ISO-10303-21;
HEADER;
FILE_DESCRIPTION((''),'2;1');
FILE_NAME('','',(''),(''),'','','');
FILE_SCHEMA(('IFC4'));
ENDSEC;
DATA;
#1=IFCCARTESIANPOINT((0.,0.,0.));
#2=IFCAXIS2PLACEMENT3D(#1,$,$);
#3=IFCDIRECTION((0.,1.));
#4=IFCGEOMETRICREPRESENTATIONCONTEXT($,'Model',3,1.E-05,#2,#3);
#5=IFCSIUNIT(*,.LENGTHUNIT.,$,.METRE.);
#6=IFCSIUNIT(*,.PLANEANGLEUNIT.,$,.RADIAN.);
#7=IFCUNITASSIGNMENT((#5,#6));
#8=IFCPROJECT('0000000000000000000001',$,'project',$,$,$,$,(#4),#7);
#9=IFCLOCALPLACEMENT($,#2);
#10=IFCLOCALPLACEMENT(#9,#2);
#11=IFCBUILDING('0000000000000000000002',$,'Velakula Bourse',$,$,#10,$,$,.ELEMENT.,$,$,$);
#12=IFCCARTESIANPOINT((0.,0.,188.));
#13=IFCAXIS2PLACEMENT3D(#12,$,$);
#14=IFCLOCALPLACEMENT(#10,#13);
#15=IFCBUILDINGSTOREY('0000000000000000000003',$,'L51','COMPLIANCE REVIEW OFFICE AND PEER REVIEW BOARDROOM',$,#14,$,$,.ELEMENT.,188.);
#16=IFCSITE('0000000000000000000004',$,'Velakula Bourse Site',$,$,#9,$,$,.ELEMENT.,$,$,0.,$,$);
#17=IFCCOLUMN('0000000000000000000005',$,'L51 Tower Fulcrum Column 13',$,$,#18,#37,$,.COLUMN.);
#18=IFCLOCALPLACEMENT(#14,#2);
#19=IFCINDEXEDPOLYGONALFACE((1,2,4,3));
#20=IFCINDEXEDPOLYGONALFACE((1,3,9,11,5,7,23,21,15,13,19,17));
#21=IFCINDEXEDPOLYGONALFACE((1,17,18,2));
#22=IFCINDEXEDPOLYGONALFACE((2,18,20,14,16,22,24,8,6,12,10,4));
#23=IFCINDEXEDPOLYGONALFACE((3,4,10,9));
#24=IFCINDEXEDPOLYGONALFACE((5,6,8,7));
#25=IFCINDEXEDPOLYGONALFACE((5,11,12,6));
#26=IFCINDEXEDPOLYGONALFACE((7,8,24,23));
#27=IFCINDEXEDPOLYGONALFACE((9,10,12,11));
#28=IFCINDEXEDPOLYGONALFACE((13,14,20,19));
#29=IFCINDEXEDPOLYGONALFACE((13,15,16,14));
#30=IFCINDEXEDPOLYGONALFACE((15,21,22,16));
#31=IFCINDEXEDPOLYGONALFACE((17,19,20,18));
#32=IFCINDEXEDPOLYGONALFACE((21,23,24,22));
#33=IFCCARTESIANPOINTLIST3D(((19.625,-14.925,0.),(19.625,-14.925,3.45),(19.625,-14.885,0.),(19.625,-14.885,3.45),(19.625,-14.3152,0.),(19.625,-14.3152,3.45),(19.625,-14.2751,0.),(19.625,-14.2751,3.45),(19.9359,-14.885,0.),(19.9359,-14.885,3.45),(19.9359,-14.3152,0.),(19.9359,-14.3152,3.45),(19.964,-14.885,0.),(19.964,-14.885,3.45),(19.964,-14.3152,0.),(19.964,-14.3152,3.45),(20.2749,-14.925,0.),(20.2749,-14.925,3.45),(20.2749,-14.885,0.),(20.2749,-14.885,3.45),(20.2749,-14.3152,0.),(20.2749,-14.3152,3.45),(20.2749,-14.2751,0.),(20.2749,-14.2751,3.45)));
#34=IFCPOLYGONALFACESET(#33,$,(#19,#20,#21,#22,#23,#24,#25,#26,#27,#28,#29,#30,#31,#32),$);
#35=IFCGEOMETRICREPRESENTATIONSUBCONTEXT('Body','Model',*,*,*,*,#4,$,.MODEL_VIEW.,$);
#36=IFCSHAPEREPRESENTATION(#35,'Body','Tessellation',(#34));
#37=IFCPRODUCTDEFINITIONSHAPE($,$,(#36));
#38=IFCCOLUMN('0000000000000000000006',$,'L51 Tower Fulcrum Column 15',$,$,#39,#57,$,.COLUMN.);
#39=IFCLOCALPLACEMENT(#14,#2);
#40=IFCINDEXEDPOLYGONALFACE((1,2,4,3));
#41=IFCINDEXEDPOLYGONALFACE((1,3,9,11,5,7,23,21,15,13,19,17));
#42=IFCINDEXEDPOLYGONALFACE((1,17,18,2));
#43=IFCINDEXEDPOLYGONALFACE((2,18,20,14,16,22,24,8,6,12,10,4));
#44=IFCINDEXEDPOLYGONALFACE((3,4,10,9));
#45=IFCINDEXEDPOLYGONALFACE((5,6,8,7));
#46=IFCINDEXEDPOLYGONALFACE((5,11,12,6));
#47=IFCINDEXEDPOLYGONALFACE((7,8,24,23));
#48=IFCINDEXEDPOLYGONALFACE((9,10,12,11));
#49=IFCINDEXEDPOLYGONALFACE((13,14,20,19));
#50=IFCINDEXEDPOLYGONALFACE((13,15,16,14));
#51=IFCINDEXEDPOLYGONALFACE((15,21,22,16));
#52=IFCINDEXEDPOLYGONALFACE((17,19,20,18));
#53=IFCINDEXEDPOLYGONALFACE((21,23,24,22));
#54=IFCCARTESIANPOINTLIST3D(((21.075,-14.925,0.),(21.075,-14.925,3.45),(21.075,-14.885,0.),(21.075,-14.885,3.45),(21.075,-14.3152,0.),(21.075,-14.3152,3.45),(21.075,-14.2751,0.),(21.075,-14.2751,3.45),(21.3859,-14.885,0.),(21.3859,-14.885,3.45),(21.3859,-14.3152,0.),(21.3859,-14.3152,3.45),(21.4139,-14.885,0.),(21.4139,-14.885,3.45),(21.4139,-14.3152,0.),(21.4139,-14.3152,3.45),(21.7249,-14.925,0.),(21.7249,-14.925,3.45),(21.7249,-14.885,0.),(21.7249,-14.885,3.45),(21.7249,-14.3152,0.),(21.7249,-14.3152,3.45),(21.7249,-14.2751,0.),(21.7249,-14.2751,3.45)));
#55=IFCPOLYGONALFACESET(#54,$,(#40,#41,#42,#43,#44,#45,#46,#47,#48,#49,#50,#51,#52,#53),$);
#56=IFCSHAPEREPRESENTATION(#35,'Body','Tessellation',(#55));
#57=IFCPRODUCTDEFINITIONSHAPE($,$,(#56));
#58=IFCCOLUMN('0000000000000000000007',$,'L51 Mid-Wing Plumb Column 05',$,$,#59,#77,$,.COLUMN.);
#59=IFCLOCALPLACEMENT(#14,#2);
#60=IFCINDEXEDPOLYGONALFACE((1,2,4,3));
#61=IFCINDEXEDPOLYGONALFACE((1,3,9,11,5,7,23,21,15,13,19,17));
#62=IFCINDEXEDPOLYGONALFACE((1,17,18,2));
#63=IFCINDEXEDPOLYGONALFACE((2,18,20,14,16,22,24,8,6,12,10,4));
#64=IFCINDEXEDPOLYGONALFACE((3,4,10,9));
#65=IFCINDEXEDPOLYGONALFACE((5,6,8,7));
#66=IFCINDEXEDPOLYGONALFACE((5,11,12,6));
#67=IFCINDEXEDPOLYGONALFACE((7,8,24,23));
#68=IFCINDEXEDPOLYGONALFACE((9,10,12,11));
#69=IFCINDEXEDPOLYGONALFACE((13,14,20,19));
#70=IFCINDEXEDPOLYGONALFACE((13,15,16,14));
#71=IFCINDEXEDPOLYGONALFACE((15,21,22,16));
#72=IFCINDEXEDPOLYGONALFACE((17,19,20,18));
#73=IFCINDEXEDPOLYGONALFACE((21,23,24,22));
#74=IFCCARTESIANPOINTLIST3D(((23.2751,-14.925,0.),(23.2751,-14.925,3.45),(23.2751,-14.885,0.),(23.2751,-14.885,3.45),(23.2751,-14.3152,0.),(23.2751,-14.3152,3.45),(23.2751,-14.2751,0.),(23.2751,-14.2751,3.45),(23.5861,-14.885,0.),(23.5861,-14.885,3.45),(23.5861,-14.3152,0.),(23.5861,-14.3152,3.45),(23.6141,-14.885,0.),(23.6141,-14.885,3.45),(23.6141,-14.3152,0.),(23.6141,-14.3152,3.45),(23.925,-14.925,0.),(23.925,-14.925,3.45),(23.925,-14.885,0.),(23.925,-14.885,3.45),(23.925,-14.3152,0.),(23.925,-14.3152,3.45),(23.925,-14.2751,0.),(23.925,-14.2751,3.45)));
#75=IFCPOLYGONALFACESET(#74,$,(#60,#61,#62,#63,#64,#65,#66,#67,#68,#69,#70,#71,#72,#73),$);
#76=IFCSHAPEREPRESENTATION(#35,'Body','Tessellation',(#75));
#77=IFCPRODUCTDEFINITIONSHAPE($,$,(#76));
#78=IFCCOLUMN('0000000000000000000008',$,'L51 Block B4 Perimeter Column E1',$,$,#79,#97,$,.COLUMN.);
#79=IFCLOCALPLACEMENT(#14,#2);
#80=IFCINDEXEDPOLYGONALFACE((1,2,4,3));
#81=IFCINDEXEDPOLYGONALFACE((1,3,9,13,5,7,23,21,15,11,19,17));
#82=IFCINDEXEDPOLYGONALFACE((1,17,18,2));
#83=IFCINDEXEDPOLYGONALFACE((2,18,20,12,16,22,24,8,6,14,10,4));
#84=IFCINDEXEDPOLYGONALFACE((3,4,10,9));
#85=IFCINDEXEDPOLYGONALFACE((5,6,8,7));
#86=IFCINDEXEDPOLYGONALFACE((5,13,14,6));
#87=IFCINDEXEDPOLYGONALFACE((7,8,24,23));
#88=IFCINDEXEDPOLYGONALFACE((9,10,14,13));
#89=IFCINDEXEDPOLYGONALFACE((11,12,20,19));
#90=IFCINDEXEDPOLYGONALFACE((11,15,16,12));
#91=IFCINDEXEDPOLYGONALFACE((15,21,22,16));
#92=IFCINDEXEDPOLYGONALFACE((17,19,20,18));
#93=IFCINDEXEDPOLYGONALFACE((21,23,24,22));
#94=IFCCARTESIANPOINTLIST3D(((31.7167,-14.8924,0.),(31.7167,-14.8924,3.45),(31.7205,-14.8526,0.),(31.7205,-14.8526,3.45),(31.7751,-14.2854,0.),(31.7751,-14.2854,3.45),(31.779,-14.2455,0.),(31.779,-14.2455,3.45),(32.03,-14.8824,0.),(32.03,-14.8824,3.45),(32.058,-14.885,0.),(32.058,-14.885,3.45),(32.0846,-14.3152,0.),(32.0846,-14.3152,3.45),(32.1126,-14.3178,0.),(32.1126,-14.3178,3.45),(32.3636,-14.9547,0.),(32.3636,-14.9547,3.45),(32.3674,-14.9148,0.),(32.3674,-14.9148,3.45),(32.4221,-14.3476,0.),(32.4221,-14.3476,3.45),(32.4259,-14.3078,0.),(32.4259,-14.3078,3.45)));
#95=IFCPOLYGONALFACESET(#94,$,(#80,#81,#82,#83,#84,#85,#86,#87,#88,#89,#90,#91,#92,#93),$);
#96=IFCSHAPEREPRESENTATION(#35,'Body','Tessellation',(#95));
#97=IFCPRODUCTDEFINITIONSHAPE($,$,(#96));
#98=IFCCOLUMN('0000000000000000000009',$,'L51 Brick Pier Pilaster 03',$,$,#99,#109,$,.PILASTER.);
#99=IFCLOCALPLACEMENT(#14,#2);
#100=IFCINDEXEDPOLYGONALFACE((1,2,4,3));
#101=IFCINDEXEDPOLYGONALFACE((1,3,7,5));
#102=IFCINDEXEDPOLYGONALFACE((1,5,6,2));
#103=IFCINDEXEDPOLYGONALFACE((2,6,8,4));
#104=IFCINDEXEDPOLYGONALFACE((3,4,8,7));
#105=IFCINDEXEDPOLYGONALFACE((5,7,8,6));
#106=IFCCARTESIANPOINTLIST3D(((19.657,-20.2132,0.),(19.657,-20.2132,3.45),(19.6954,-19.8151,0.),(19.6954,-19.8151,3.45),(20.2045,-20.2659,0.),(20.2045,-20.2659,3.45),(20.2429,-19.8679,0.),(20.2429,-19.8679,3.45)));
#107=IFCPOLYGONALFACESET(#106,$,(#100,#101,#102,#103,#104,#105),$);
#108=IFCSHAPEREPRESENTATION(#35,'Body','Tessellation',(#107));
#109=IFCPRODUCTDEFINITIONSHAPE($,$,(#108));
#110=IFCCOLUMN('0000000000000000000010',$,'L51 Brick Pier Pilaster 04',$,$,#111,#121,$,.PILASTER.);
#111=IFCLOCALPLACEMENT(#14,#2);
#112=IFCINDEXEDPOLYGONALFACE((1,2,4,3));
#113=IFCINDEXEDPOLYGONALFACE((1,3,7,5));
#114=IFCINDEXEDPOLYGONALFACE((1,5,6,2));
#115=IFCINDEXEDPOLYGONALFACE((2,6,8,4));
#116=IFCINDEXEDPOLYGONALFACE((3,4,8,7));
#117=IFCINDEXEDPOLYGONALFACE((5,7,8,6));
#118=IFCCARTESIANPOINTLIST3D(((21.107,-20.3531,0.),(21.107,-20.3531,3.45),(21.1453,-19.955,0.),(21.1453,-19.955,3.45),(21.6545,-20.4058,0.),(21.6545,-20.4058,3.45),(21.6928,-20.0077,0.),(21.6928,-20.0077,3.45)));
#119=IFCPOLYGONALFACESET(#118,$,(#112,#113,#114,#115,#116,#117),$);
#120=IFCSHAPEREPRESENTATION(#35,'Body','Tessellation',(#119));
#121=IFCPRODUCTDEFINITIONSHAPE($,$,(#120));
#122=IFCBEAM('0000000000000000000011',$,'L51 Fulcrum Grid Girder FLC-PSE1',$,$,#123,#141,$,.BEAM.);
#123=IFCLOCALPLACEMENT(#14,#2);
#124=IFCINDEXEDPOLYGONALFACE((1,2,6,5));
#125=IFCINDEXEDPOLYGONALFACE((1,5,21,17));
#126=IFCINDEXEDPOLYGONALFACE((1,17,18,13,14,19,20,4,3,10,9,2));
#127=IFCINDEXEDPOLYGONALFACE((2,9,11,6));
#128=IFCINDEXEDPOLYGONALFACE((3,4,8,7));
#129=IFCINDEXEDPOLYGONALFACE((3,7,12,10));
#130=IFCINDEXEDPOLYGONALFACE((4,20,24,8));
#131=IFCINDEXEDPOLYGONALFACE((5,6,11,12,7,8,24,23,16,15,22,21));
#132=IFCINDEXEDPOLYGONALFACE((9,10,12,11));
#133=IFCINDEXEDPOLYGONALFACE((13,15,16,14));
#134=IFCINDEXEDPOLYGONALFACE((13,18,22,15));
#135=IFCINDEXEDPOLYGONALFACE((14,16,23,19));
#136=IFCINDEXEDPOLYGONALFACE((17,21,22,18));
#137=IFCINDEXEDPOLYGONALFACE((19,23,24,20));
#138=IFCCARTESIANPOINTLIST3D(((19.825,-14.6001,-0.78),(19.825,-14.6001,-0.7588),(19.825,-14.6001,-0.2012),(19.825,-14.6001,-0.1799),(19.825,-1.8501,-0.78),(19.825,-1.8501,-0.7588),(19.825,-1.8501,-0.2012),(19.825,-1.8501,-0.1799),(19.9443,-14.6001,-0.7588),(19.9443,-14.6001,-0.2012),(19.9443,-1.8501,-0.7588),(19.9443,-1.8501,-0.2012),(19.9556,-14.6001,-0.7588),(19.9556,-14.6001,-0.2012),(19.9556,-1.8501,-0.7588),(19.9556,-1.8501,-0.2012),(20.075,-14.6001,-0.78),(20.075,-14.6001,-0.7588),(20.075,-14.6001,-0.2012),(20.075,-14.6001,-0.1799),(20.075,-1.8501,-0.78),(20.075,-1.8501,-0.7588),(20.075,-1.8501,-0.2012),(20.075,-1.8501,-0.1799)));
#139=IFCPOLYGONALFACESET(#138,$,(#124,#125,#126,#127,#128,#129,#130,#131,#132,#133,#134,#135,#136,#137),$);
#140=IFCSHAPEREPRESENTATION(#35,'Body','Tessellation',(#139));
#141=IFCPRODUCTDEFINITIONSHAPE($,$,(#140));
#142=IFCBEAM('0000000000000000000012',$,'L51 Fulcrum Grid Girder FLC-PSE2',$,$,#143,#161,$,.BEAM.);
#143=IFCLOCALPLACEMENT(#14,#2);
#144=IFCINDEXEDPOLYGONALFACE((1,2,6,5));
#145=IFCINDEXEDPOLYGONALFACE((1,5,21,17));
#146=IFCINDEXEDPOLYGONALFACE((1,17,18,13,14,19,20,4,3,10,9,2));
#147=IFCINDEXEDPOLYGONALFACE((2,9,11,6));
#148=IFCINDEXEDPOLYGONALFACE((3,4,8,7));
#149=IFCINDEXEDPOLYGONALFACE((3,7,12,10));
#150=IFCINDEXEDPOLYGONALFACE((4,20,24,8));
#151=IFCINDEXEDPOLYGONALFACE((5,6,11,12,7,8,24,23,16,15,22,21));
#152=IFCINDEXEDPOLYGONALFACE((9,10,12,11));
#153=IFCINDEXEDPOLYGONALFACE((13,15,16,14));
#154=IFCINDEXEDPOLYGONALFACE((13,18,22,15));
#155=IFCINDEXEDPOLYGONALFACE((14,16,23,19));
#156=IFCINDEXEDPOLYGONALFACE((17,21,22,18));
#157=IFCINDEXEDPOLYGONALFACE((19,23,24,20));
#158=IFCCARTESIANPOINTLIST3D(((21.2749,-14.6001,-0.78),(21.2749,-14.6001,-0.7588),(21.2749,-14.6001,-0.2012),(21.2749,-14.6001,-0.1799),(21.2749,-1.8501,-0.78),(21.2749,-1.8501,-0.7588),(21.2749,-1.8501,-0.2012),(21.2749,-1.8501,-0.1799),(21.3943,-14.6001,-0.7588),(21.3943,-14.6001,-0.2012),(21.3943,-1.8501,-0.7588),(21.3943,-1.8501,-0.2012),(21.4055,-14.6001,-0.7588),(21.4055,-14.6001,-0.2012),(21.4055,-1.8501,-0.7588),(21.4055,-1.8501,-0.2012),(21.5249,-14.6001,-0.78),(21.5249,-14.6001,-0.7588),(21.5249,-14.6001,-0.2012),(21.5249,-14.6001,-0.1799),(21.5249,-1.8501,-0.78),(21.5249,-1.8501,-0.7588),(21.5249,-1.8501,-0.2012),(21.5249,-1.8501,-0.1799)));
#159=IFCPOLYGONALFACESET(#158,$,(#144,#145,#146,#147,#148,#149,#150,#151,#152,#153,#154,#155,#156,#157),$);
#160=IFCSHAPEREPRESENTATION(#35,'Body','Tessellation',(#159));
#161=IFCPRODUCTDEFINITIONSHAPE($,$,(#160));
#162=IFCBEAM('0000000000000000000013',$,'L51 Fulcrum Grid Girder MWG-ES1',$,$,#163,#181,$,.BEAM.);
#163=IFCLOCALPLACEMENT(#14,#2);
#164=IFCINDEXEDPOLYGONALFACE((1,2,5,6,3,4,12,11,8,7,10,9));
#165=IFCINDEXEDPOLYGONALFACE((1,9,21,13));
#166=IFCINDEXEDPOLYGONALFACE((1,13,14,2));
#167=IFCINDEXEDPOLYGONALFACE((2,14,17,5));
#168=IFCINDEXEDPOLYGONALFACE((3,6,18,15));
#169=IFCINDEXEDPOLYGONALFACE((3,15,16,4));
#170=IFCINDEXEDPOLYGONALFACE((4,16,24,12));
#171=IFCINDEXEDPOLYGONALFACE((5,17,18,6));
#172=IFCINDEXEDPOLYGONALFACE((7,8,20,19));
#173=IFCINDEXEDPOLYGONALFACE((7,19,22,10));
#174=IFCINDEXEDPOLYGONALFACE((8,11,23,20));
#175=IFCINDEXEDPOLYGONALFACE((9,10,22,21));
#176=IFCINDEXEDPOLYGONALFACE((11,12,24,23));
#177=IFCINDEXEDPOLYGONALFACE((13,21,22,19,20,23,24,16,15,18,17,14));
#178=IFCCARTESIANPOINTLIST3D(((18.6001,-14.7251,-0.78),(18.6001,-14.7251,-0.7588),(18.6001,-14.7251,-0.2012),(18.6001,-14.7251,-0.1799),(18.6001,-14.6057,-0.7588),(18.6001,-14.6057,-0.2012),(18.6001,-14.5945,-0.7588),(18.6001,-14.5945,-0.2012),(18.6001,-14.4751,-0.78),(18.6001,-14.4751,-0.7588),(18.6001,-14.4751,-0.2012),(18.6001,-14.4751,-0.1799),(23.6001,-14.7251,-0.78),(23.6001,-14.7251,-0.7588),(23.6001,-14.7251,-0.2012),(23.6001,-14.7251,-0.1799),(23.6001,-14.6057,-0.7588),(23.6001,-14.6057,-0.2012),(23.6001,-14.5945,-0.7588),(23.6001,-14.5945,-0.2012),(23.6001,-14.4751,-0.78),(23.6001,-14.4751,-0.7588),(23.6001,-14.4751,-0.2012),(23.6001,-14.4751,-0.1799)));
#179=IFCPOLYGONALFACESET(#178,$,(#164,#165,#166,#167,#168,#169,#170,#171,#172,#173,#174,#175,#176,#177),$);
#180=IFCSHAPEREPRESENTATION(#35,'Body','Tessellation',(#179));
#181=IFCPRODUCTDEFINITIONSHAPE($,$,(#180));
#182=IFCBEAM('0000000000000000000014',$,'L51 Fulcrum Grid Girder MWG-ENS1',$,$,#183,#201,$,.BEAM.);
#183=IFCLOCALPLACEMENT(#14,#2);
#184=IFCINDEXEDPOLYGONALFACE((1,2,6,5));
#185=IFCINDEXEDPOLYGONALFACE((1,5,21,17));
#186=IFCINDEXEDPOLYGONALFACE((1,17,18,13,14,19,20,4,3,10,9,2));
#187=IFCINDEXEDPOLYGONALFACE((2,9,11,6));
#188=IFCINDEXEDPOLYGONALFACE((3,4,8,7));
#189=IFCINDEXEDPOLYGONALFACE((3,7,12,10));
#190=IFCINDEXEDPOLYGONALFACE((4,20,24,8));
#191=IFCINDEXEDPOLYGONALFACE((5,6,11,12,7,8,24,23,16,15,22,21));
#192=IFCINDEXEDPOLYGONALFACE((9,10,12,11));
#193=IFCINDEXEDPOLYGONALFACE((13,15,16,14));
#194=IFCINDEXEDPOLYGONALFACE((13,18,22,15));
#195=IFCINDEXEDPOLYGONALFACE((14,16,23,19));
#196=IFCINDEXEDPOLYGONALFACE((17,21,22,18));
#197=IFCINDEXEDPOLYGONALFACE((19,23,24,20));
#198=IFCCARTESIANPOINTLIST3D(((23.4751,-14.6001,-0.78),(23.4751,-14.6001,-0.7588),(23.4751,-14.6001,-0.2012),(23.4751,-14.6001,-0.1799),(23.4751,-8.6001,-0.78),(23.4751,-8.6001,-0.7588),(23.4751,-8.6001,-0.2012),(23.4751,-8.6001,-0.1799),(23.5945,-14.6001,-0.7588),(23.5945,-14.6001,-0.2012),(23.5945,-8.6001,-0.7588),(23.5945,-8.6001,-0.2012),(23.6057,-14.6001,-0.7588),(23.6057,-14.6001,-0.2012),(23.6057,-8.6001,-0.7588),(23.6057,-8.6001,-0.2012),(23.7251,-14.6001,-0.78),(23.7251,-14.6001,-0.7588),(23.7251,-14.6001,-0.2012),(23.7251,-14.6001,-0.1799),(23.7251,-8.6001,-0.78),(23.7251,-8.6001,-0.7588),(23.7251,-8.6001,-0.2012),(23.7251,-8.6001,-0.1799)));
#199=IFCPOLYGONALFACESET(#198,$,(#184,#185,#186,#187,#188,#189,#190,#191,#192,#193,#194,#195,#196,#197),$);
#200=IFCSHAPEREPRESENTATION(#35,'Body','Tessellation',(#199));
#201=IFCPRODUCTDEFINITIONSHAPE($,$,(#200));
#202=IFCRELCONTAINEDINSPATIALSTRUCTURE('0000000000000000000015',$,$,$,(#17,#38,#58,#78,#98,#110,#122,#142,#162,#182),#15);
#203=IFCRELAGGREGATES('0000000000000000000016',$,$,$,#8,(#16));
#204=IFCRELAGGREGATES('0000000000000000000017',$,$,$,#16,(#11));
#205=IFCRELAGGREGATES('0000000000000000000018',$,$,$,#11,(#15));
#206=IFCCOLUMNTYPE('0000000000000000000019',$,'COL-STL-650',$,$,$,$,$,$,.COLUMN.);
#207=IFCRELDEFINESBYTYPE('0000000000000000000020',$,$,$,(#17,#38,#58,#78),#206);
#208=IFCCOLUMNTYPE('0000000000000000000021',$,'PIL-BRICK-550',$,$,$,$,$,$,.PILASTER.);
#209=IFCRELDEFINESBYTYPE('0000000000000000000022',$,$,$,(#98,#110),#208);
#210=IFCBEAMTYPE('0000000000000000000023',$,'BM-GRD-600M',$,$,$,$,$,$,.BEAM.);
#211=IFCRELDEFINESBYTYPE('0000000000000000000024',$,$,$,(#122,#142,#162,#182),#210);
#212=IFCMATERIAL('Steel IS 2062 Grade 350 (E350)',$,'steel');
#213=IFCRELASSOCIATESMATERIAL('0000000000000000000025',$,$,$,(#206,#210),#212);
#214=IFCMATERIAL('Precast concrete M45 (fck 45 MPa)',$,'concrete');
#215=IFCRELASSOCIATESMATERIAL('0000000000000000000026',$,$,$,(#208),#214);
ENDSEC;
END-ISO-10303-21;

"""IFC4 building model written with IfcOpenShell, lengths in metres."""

from ifc_helpers import new_model, si_unit, direction, frame, origin, origin_2d, place, context, subcontext, project, spatial, rectangle, i_section, extrude, material, material_profile, profile_set, type_object, element, save


model = new_model("IFC4")

# Units and contexts
model_context = context("Model", 3, precision=1e-05, world=origin(), true_north=direction((0.0, 1.0)))
body_context = subcontext(model_context, "Body", "Model", "MODEL_VIEW")
ifc_project = project(units=[si_unit("LENGTHUNIT", "METRE"), si_unit("PLANEANGLEUNIT", "RADIAN")], contexts=[model_context])

# Site, building, storey
site_placement = place(None, origin())
site = spatial("IfcSite", under=ifc_project, at=site_placement, Name="Velakula Bourse Site", CompositionType="ELEMENT", RefElevation=0.0)
building_placement = place(site_placement, origin())
building = spatial("IfcBuilding", under=site, at=building_placement, Name="Velakula Bourse", CompositionType="ELEMENT")
storey_placement = place(building_placement, frame((0.0, 0.0, 188.0)))
storey = spatial("IfcBuildingStorey", under=building, at=storey_placement, Name="L51", Description="COMPLIANCE REVIEW OFFICE AND PEER REVIEW BOARDROOM", CompositionType="ELEMENT", Elevation=188.0)

# Columns
ifc_material_1 = material(Name="Steel IS 2062 Grade 350 (E350)", Category="steel")
ifc_material_profile_1 = material_profile(ifc_material_1, i_section(OverallWidth=0.6499, OverallDepth=0.6499, WebThickness=0.0281, FlangeThickness=0.04, at=origin_2d()), Name="Steel IS 2062 Grade 350 (E350)")
ifc_profile_set_1 = profile_set([ifc_material_profile_1], Name="Steel IS 2062 Grade 350 (E350)")
column_type_1 = type_object("IfcColumnType", Name="COL-STL-650", PredefinedType="COLUMN", material=ifc_profile_set_1)
for number, where, z_axis, x_axis, name in (
    (1, (19.95, -14.6001, 0.0), (0.0, 0.0, 1.0), (1.0, 0.0, 0.0), "L51 Tower Fulcrum Column 13"),
    (2, (21.3999, -14.6001, 0.0), (0.0, 0.0, 1.0), (1.0, 0.0, 0.0), "L51 Tower Fulcrum Column 15"),
    (3, (23.6001, -14.6001, 0.0), (0.0, 0.0, 1.0), (1.0, 0.0, 0.0), "L51 Mid-Wing Plumb Column 05"),
    (4, (32.0713, -14.6001, 0.0), (0.0, 0.0, 1.0), (0.995396, -0.095846, 0.0), "L51 Block B4 Perimeter Column E1"),
):
    element("IfcColumn", number, at=place(storey_placement, frame(where, z_axis=z_axis, x_axis=x_axis)), inside=storey, type_object=column_type_1, Name=name, PredefinedType="COLUMN", context=body_context, shape_type="SweptSolid", body=[
        extrude(i_section(OverallWidth=0.6499, OverallDepth=0.6499, WebThickness=0.0281, FlangeThickness=0.04, at=origin_2d()), origin(), (0.0, 0.0, 1.0), 3.45),
    ])
ifc_material_2 = material(Name="Precast concrete M45 (fck 45 MPa)", Category="concrete")
ifc_material_profile_2 = material_profile(ifc_material_2, rectangle(XDim=0.55, YDim=0.3999, at=origin_2d()), Name="Precast concrete M45 (fck 45 MPa)")
ifc_profile_set_2 = profile_set([ifc_material_profile_2], Name="Precast concrete M45 (fck 45 MPa)")
column_type_2 = type_object("IfcColumnType", Name="PIL-BRICK-550", PredefinedType="PILASTER", material=ifc_profile_set_2)
for number, where, z_axis, x_axis, name in (
    (5, (19.95, -20.0405, 0.0), (0.0, 0.0, 1.0), (0.995396, -0.095846, 0.0), "L51 Brick Pier Pilaster 03"),
    (6, (21.3999, -20.1804, 0.0), (0.0, 0.0, 1.0), (0.995396, -0.095846, 0.0), "L51 Brick Pier Pilaster 04"),
):
    element("IfcColumn", number, at=place(storey_placement, frame(where, z_axis=z_axis, x_axis=x_axis)), inside=storey, type_object=column_type_2, Name=name, PredefinedType="PILASTER", context=body_context, shape_type="SweptSolid", body=[
        extrude(rectangle(XDim=0.55, YDim=0.3999, at=origin_2d()), origin(), (0.0, 0.0, 1.0), 3.45),
    ])

# Beams
ifc_material_profile_3 = material_profile(ifc_material_1, i_section(OverallWidth=0.25, OverallDepth=0.6001, WebThickness=0.0112, FlangeThickness=0.0212, at=origin_2d()), Name="Steel IS 2062 Grade 350 (E350)")
ifc_profile_set_3 = profile_set([ifc_material_profile_3], Name="Steel IS 2062 Grade 350 (E350)")
beam_type_1 = type_object("IfcBeamType", Name="BM-GRD-600M", PredefinedType="BEAM", material=ifc_profile_set_3)
for number, where, z_axis, x_axis, name in (
    (7, (19.95, -14.6001, -0.48), (0.0, 1.0, 0.0), (-1.0, 0.0, 0.0), "L51 Fulcrum Grid Girder FLC-PSE1"),
    (8, (21.3999, -14.6001, -0.48), (0.0, 1.0, 0.0), (-1.0, 0.0, 0.0), "L51 Fulcrum Grid Girder FLC-PSE2"),
):
    element("IfcBeam", number, at=place(storey_placement, frame(where, z_axis=z_axis, x_axis=x_axis)), inside=storey, type_object=beam_type_1, Name=name, PredefinedType="BEAM", context=body_context, shape_type="SweptSolid", body=[
        extrude(i_section(OverallWidth=0.25, OverallDepth=0.6001, WebThickness=0.0112, FlangeThickness=0.0212, at=origin_2d()), origin(), (0.0, 0.0, 1.0), 12.75),
    ])
beam_1_placement = place(storey_placement, frame((18.6001, -14.6001, -0.48), z_axis=(1.0, 0.0, 0.0), x_axis=(0.0, 1.0, 0.0)))
element("IfcBeam", 9, at=beam_1_placement, inside=storey, type_object=beam_type_1, Name="L51 Fulcrum Grid Girder MWG-ES1", PredefinedType="BEAM", context=body_context, shape_type="SweptSolid", body=[
    extrude(i_section(OverallWidth=0.25, OverallDepth=0.6001, WebThickness=0.0112, FlangeThickness=0.0212, at=origin_2d()), origin(), (0.0, 0.0, 1.0), 5.0),
])
beam_2_placement = place(storey_placement, frame((23.6001, -14.6001, -0.48), z_axis=(0.0, 1.0, 0.0), x_axis=(-1.0, 0.0, 0.0)))
element("IfcBeam", 10, at=beam_2_placement, inside=storey, type_object=beam_type_1, Name="L51 Fulcrum Grid Girder MWG-ENS1", PredefinedType="BEAM", context=body_context, shape_type="SweptSolid", body=[
    extrude(i_section(OverallWidth=0.25, OverallDepth=0.6001, WebThickness=0.0112, FlangeThickness=0.0212, at=origin_2d()), origin(), (0.0, 0.0, 1.0), 6.0),
])

save(model, "model.ifc")
